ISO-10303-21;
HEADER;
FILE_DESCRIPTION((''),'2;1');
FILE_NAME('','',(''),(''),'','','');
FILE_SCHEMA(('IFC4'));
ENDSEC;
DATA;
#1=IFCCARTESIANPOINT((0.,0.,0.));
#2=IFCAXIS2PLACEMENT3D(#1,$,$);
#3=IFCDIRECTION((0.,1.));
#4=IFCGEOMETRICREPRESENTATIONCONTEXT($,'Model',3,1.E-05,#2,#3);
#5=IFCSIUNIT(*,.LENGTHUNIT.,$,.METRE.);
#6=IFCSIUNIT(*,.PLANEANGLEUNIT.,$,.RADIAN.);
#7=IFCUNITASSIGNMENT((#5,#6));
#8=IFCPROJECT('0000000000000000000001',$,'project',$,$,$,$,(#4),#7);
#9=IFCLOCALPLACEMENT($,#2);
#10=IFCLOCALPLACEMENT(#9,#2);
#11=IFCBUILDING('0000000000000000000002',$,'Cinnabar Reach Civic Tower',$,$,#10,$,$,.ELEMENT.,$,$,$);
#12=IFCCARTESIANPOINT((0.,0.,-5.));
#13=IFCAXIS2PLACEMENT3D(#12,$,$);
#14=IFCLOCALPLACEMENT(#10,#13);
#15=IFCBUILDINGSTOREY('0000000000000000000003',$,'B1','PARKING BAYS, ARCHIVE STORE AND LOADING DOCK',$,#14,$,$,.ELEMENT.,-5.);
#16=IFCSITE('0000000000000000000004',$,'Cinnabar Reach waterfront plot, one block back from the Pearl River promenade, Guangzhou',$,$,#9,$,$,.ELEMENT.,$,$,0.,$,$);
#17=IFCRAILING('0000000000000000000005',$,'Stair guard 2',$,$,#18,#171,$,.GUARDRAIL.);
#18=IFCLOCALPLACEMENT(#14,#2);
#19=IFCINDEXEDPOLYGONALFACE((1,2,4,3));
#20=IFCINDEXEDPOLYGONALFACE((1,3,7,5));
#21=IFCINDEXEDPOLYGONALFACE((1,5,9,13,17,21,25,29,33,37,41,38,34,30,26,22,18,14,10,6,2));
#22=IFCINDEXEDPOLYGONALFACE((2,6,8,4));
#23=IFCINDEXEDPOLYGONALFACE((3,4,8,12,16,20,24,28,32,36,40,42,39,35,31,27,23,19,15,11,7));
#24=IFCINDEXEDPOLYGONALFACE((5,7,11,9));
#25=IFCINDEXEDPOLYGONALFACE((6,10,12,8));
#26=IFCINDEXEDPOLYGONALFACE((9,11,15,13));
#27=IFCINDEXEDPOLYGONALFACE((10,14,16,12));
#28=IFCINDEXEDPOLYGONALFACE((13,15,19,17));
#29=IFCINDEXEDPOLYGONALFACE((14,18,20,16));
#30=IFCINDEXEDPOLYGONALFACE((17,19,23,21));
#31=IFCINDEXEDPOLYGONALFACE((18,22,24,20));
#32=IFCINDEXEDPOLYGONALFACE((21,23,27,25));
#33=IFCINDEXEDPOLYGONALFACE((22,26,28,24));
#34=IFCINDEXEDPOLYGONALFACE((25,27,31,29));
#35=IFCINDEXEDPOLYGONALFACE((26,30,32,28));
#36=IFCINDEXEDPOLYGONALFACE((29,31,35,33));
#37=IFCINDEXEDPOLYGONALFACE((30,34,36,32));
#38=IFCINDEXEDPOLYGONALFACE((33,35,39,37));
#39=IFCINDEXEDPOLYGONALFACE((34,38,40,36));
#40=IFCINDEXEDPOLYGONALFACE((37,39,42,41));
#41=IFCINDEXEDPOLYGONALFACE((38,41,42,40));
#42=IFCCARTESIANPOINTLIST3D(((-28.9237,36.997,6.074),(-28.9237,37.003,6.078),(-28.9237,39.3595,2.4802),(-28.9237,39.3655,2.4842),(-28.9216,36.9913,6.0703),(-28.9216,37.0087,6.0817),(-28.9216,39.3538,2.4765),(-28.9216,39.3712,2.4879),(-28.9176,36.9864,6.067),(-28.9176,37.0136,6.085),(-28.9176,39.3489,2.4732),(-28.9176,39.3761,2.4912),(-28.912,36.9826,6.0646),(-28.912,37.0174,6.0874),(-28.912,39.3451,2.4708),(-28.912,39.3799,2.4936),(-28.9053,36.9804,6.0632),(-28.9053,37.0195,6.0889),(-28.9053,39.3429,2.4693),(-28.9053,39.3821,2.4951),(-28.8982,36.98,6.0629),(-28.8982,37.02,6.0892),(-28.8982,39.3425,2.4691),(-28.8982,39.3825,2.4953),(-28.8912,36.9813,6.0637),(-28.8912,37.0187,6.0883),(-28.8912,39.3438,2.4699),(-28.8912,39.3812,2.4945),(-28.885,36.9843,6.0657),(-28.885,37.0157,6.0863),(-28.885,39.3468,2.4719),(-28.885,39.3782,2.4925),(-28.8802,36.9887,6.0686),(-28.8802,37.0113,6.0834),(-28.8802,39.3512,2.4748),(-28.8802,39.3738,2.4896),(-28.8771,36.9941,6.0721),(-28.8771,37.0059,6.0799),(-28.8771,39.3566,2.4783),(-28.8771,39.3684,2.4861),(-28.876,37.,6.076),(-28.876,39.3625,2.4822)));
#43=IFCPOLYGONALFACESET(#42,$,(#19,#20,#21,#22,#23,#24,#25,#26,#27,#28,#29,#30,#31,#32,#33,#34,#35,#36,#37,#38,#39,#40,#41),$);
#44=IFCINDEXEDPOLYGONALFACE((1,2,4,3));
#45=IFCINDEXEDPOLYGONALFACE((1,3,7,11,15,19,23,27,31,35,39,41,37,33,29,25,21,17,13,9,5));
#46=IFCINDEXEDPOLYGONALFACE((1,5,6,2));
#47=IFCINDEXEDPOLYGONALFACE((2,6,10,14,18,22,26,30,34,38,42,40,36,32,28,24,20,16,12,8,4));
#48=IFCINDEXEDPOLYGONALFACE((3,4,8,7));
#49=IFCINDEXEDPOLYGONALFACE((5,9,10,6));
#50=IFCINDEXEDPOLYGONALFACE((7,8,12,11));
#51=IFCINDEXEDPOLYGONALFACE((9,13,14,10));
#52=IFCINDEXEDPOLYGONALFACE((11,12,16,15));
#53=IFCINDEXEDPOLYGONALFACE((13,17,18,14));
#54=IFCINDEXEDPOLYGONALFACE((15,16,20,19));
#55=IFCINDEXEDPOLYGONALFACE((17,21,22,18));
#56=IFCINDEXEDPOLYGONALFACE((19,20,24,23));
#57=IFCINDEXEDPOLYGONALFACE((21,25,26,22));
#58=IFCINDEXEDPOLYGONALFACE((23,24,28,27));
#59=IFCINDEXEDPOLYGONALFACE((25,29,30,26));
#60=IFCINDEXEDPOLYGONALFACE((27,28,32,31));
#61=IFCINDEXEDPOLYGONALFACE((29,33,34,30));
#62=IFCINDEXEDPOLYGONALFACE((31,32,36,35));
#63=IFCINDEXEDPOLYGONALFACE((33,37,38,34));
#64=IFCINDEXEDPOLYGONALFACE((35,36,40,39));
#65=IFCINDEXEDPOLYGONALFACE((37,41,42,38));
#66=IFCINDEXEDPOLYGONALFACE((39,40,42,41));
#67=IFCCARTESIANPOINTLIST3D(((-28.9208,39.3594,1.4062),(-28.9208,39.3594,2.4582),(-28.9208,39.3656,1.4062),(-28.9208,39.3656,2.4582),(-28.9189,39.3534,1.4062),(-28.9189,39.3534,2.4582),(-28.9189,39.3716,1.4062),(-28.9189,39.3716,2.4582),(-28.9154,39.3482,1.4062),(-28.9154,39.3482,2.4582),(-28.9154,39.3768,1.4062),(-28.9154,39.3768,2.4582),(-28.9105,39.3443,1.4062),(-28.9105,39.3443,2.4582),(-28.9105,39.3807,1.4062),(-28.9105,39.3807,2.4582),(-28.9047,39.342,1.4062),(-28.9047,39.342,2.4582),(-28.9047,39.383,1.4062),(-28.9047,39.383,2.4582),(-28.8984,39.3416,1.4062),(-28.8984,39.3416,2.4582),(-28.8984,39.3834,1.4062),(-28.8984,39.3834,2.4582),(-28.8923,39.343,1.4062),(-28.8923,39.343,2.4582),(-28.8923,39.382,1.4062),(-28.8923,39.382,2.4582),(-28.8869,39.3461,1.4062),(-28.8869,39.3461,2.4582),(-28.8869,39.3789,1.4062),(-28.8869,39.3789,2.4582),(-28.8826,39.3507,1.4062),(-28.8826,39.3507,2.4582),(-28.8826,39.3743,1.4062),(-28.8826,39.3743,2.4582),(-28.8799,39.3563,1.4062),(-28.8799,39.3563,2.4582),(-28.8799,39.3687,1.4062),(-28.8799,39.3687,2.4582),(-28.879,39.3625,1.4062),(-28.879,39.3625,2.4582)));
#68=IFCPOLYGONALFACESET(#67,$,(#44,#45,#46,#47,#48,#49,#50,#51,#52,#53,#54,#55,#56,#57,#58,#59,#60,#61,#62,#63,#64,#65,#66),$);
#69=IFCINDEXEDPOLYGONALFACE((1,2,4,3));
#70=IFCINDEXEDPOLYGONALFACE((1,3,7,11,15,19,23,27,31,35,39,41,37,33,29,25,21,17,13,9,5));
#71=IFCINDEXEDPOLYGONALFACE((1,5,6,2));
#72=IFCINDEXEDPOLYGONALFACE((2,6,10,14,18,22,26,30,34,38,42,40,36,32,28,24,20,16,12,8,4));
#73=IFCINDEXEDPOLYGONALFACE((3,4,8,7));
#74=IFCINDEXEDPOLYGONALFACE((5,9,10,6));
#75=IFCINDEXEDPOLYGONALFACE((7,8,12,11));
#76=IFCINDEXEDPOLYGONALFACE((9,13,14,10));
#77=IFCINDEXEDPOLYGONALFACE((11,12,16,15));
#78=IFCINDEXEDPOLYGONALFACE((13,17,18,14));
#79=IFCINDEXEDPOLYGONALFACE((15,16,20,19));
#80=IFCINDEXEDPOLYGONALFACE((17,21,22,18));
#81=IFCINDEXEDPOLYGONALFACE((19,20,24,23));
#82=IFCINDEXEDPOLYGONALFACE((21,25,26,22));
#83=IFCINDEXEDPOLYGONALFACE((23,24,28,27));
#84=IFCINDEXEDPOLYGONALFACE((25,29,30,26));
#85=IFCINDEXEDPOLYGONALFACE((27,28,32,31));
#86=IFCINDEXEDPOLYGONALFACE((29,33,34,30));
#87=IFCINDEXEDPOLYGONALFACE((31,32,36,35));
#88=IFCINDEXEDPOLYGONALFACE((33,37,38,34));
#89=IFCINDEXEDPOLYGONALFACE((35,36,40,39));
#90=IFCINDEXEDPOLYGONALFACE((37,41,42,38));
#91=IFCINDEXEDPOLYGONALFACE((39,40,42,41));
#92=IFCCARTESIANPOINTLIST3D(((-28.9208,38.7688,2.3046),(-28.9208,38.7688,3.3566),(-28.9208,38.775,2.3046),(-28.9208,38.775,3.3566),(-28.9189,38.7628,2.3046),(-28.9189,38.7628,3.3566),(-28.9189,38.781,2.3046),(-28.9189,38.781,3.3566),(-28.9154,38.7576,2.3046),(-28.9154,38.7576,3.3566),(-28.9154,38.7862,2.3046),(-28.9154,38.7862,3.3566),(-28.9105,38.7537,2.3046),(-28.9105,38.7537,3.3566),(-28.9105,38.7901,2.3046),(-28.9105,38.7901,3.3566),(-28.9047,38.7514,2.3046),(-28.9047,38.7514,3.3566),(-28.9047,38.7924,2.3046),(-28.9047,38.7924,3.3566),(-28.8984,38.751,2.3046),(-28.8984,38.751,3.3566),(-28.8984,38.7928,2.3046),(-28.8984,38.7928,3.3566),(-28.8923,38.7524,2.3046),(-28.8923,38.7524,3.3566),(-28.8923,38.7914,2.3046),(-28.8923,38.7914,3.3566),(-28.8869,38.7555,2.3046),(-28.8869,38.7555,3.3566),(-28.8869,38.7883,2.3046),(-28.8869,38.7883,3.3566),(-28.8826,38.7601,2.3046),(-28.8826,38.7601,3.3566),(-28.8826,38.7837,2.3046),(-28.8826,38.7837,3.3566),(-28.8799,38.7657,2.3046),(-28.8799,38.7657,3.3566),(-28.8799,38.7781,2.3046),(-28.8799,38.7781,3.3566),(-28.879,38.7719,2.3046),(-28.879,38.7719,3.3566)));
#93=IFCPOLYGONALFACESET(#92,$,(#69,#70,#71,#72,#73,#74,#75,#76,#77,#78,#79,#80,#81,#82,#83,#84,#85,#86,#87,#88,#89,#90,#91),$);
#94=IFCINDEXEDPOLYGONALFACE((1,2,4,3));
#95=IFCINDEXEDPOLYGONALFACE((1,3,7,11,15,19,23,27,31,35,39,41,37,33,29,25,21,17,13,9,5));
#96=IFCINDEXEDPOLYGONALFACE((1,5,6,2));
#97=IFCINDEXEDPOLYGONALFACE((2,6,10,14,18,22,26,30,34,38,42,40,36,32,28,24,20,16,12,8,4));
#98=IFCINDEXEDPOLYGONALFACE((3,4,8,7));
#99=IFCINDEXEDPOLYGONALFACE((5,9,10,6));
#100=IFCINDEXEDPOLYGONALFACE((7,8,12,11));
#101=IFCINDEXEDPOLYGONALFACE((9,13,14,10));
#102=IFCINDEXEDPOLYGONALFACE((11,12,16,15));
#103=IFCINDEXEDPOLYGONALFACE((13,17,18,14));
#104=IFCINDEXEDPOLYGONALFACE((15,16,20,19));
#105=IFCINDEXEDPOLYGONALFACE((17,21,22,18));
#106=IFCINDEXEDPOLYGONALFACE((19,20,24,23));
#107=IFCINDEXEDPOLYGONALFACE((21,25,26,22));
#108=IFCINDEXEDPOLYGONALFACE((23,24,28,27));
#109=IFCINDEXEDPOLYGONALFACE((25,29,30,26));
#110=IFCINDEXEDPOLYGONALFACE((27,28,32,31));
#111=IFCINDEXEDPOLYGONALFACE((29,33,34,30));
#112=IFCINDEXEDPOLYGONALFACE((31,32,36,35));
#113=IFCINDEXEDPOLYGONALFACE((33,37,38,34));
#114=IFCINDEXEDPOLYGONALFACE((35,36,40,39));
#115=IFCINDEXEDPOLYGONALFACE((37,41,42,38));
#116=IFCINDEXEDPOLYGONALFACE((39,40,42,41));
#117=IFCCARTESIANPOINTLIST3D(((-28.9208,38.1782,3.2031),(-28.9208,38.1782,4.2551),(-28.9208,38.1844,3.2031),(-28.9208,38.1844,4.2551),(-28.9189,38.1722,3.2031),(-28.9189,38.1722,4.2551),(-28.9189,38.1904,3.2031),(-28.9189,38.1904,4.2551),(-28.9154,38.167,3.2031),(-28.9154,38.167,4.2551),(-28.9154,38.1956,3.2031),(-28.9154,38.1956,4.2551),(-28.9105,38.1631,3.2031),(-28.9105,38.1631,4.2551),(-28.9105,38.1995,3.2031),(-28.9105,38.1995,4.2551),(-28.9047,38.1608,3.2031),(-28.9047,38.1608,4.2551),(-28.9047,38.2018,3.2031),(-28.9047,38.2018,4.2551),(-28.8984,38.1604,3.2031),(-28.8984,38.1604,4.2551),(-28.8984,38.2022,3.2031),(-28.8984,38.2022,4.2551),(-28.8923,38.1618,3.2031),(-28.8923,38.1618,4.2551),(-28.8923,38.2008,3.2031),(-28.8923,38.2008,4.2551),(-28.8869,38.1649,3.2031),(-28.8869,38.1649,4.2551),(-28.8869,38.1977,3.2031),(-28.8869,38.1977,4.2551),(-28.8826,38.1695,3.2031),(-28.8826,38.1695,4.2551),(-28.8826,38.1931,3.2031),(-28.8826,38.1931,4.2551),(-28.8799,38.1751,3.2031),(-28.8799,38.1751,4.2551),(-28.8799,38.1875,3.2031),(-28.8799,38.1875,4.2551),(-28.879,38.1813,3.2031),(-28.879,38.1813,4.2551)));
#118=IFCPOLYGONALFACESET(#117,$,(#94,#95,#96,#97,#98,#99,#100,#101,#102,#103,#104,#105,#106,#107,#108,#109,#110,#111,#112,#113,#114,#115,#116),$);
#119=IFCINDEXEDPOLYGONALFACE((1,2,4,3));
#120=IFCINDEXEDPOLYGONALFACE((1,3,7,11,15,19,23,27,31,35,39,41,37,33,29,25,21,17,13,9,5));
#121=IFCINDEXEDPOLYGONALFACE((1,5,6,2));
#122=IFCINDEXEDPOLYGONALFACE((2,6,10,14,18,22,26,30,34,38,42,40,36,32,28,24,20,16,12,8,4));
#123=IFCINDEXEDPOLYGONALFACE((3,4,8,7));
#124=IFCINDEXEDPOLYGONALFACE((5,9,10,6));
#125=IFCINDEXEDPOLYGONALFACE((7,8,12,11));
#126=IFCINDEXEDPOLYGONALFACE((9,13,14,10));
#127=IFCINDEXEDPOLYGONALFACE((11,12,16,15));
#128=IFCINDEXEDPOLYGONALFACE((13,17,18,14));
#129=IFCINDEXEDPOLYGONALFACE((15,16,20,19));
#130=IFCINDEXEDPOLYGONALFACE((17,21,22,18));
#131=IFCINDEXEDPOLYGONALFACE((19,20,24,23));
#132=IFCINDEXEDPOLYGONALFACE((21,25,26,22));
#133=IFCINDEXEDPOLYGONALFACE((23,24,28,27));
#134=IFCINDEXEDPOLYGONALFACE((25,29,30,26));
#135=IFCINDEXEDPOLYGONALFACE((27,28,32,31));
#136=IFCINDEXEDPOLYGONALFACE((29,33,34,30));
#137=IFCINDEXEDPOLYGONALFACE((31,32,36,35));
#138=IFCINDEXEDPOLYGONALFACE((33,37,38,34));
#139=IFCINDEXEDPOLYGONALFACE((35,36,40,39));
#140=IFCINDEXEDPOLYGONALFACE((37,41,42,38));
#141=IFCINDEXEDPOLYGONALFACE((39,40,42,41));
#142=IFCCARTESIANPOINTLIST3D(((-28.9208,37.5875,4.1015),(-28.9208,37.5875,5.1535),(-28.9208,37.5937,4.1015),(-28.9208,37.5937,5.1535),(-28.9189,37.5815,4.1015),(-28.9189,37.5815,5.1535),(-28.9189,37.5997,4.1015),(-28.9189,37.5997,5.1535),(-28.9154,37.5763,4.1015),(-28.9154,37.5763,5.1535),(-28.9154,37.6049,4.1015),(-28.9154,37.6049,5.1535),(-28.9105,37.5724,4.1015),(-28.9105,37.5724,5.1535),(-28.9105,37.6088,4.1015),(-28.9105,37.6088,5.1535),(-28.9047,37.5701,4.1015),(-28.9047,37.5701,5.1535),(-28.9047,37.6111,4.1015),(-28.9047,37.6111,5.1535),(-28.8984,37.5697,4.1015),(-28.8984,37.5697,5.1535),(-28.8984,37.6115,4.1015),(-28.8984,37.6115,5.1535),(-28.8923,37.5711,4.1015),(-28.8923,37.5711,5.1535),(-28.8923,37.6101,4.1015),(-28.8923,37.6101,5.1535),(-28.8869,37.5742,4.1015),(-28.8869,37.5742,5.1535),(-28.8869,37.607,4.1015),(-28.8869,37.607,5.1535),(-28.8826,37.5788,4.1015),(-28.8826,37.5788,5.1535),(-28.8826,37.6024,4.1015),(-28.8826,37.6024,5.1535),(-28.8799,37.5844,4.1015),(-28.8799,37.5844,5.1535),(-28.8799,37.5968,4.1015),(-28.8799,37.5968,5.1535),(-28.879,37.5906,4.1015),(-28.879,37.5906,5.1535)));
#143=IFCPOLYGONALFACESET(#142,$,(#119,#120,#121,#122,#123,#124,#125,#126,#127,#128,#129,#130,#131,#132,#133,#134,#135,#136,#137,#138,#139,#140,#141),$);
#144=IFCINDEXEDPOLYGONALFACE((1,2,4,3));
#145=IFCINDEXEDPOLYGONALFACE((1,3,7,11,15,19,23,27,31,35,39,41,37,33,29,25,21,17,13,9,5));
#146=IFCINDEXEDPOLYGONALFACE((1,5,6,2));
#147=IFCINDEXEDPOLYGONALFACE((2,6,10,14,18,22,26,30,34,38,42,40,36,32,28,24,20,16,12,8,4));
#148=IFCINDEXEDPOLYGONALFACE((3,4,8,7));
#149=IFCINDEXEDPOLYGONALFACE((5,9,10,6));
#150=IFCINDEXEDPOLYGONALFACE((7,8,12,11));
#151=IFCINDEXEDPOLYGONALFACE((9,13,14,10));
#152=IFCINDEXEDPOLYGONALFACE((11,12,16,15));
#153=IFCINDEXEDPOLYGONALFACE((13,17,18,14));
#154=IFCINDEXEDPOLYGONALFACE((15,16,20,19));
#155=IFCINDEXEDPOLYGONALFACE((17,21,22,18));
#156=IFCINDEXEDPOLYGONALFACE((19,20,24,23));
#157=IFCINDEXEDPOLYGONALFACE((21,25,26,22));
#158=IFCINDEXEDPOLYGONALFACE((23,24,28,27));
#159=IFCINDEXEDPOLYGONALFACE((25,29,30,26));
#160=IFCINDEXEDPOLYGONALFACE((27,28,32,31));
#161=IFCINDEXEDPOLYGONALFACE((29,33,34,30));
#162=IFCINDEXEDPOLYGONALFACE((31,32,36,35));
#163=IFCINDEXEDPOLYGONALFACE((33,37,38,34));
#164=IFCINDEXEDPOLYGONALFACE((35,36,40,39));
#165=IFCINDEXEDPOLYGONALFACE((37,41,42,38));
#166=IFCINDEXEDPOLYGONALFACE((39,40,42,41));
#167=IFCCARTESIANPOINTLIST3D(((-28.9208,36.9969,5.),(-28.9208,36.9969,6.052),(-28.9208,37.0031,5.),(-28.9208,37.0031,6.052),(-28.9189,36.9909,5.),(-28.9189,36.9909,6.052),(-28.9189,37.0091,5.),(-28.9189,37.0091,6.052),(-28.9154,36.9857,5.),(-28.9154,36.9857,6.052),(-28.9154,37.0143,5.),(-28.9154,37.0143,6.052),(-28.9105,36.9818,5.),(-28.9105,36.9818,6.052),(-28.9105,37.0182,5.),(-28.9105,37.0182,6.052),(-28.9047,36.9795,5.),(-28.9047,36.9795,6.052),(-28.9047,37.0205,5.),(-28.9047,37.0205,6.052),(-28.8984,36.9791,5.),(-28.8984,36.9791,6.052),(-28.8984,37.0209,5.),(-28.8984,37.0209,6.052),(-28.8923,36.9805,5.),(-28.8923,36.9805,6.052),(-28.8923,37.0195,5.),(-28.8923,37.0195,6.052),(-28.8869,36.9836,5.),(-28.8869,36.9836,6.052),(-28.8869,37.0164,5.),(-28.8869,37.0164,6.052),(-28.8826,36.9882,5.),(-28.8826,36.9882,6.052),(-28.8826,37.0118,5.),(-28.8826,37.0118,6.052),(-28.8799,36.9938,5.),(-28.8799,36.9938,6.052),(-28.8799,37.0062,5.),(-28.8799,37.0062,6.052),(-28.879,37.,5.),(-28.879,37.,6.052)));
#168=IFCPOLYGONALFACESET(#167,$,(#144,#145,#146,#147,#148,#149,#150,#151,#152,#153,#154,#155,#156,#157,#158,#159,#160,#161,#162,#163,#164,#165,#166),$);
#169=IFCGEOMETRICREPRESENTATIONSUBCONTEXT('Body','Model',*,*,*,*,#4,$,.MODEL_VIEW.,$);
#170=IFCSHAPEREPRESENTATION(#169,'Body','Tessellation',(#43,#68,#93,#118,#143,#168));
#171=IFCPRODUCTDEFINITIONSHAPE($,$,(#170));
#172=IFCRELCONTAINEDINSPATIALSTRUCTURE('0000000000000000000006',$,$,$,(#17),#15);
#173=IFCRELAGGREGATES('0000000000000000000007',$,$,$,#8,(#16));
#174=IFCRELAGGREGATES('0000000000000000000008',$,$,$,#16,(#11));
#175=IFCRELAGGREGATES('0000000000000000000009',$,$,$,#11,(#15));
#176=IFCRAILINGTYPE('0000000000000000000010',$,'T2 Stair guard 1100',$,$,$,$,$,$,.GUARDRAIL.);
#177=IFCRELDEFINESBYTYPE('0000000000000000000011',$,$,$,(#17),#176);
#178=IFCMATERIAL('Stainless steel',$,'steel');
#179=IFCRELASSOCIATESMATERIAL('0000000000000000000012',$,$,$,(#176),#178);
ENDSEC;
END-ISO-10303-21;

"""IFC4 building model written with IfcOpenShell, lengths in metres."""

from ifc_helpers import new_model, si_unit, direction, frame, origin, origin_2d, place, context, subcontext, project, spatial, circle, extrude, material, type_object, element, save


model = new_model("IFC4")

# Units and contexts
model_context = context("Model", 3, precision=1e-05, world=origin(), true_north=direction((0.0, 1.0)))
body_context = subcontext(model_context, "Body", "Model", "MODEL_VIEW")
ifc_project = project(units=[si_unit("LENGTHUNIT", "METRE"), si_unit("PLANEANGLEUNIT", "RADIAN")], contexts=[model_context])

# Site, building, storey
site_placement = place(None, origin())
site = spatial("IfcSite", under=ifc_project, at=site_placement, Name="Cinnabar Reach waterfront plot, one block back from the Pearl River promenade, Guangzhou", CompositionType="ELEMENT", RefElevation=0.0)
building_placement = place(site_placement, origin())
building = spatial("IfcBuilding", under=site, at=building_placement, Name="Cinnabar Reach Civic Tower", CompositionType="ELEMENT")
storey_placement = place(building_placement, frame((0.0, 0.0, -5.0)))
storey = spatial("IfcBuildingStorey", under=building, at=storey_placement, Name="B1", Description="PARKING BAYS, ARCHIVE STORE AND LOADING DOCK", CompositionType="ELEMENT", Elevation=-5.0)

# Railing
ifc_material_1 = material(Name="Stainless steel", Category="steel")
railing_type = type_object("IfcRailingType", Name="T2 Stair guard 1100", PredefinedType="GUARDRAIL", material=ifc_material_1)
railing_1_placement = place(storey_placement, frame((-28.9, 39.3625, 1.4062)))
element("IfcRailing", 1, at=railing_1_placement, inside=storey, type_object=railing_type, Name="Stair guard 2", PredefinedType="GUARDRAIL", context=body_context, shape_type="SweptSolid", body=[
    extrude(circle(Radius=0.024, at=origin_2d()), frame((0.0, 0.0, 1.076), z_axis=(0.0, -0.549318, 0.835614), x_axis=(1.0, 0.0, 0.0)), (0.0, 0.0, 1.0), 4.3008),
    extrude(circle(Radius=0.021, at=origin_2d()), origin(), (0.0, 0.0, 1.0), 1.052),
    extrude(circle(Radius=0.021, at=origin_2d()), frame((0.0, -0.5906, 0.8984)), (0.0, 0.0, 1.0), 1.052),
    extrude(circle(Radius=0.021, at=origin_2d()), frame((0.0, -1.1812, 1.7969)), (0.0, 0.0, 1.0), 1.052),
    extrude(circle(Radius=0.021, at=origin_2d()), frame((0.0, -1.7719, 2.6953)), (0.0, 0.0, 1.0), 1.052),
    extrude(circle(Radius=0.021, at=origin_2d()), frame((0.0, -2.3625, 3.5938)), (0.0, 0.0, 1.0), 1.052),
])

save(model, "model.ifc")
